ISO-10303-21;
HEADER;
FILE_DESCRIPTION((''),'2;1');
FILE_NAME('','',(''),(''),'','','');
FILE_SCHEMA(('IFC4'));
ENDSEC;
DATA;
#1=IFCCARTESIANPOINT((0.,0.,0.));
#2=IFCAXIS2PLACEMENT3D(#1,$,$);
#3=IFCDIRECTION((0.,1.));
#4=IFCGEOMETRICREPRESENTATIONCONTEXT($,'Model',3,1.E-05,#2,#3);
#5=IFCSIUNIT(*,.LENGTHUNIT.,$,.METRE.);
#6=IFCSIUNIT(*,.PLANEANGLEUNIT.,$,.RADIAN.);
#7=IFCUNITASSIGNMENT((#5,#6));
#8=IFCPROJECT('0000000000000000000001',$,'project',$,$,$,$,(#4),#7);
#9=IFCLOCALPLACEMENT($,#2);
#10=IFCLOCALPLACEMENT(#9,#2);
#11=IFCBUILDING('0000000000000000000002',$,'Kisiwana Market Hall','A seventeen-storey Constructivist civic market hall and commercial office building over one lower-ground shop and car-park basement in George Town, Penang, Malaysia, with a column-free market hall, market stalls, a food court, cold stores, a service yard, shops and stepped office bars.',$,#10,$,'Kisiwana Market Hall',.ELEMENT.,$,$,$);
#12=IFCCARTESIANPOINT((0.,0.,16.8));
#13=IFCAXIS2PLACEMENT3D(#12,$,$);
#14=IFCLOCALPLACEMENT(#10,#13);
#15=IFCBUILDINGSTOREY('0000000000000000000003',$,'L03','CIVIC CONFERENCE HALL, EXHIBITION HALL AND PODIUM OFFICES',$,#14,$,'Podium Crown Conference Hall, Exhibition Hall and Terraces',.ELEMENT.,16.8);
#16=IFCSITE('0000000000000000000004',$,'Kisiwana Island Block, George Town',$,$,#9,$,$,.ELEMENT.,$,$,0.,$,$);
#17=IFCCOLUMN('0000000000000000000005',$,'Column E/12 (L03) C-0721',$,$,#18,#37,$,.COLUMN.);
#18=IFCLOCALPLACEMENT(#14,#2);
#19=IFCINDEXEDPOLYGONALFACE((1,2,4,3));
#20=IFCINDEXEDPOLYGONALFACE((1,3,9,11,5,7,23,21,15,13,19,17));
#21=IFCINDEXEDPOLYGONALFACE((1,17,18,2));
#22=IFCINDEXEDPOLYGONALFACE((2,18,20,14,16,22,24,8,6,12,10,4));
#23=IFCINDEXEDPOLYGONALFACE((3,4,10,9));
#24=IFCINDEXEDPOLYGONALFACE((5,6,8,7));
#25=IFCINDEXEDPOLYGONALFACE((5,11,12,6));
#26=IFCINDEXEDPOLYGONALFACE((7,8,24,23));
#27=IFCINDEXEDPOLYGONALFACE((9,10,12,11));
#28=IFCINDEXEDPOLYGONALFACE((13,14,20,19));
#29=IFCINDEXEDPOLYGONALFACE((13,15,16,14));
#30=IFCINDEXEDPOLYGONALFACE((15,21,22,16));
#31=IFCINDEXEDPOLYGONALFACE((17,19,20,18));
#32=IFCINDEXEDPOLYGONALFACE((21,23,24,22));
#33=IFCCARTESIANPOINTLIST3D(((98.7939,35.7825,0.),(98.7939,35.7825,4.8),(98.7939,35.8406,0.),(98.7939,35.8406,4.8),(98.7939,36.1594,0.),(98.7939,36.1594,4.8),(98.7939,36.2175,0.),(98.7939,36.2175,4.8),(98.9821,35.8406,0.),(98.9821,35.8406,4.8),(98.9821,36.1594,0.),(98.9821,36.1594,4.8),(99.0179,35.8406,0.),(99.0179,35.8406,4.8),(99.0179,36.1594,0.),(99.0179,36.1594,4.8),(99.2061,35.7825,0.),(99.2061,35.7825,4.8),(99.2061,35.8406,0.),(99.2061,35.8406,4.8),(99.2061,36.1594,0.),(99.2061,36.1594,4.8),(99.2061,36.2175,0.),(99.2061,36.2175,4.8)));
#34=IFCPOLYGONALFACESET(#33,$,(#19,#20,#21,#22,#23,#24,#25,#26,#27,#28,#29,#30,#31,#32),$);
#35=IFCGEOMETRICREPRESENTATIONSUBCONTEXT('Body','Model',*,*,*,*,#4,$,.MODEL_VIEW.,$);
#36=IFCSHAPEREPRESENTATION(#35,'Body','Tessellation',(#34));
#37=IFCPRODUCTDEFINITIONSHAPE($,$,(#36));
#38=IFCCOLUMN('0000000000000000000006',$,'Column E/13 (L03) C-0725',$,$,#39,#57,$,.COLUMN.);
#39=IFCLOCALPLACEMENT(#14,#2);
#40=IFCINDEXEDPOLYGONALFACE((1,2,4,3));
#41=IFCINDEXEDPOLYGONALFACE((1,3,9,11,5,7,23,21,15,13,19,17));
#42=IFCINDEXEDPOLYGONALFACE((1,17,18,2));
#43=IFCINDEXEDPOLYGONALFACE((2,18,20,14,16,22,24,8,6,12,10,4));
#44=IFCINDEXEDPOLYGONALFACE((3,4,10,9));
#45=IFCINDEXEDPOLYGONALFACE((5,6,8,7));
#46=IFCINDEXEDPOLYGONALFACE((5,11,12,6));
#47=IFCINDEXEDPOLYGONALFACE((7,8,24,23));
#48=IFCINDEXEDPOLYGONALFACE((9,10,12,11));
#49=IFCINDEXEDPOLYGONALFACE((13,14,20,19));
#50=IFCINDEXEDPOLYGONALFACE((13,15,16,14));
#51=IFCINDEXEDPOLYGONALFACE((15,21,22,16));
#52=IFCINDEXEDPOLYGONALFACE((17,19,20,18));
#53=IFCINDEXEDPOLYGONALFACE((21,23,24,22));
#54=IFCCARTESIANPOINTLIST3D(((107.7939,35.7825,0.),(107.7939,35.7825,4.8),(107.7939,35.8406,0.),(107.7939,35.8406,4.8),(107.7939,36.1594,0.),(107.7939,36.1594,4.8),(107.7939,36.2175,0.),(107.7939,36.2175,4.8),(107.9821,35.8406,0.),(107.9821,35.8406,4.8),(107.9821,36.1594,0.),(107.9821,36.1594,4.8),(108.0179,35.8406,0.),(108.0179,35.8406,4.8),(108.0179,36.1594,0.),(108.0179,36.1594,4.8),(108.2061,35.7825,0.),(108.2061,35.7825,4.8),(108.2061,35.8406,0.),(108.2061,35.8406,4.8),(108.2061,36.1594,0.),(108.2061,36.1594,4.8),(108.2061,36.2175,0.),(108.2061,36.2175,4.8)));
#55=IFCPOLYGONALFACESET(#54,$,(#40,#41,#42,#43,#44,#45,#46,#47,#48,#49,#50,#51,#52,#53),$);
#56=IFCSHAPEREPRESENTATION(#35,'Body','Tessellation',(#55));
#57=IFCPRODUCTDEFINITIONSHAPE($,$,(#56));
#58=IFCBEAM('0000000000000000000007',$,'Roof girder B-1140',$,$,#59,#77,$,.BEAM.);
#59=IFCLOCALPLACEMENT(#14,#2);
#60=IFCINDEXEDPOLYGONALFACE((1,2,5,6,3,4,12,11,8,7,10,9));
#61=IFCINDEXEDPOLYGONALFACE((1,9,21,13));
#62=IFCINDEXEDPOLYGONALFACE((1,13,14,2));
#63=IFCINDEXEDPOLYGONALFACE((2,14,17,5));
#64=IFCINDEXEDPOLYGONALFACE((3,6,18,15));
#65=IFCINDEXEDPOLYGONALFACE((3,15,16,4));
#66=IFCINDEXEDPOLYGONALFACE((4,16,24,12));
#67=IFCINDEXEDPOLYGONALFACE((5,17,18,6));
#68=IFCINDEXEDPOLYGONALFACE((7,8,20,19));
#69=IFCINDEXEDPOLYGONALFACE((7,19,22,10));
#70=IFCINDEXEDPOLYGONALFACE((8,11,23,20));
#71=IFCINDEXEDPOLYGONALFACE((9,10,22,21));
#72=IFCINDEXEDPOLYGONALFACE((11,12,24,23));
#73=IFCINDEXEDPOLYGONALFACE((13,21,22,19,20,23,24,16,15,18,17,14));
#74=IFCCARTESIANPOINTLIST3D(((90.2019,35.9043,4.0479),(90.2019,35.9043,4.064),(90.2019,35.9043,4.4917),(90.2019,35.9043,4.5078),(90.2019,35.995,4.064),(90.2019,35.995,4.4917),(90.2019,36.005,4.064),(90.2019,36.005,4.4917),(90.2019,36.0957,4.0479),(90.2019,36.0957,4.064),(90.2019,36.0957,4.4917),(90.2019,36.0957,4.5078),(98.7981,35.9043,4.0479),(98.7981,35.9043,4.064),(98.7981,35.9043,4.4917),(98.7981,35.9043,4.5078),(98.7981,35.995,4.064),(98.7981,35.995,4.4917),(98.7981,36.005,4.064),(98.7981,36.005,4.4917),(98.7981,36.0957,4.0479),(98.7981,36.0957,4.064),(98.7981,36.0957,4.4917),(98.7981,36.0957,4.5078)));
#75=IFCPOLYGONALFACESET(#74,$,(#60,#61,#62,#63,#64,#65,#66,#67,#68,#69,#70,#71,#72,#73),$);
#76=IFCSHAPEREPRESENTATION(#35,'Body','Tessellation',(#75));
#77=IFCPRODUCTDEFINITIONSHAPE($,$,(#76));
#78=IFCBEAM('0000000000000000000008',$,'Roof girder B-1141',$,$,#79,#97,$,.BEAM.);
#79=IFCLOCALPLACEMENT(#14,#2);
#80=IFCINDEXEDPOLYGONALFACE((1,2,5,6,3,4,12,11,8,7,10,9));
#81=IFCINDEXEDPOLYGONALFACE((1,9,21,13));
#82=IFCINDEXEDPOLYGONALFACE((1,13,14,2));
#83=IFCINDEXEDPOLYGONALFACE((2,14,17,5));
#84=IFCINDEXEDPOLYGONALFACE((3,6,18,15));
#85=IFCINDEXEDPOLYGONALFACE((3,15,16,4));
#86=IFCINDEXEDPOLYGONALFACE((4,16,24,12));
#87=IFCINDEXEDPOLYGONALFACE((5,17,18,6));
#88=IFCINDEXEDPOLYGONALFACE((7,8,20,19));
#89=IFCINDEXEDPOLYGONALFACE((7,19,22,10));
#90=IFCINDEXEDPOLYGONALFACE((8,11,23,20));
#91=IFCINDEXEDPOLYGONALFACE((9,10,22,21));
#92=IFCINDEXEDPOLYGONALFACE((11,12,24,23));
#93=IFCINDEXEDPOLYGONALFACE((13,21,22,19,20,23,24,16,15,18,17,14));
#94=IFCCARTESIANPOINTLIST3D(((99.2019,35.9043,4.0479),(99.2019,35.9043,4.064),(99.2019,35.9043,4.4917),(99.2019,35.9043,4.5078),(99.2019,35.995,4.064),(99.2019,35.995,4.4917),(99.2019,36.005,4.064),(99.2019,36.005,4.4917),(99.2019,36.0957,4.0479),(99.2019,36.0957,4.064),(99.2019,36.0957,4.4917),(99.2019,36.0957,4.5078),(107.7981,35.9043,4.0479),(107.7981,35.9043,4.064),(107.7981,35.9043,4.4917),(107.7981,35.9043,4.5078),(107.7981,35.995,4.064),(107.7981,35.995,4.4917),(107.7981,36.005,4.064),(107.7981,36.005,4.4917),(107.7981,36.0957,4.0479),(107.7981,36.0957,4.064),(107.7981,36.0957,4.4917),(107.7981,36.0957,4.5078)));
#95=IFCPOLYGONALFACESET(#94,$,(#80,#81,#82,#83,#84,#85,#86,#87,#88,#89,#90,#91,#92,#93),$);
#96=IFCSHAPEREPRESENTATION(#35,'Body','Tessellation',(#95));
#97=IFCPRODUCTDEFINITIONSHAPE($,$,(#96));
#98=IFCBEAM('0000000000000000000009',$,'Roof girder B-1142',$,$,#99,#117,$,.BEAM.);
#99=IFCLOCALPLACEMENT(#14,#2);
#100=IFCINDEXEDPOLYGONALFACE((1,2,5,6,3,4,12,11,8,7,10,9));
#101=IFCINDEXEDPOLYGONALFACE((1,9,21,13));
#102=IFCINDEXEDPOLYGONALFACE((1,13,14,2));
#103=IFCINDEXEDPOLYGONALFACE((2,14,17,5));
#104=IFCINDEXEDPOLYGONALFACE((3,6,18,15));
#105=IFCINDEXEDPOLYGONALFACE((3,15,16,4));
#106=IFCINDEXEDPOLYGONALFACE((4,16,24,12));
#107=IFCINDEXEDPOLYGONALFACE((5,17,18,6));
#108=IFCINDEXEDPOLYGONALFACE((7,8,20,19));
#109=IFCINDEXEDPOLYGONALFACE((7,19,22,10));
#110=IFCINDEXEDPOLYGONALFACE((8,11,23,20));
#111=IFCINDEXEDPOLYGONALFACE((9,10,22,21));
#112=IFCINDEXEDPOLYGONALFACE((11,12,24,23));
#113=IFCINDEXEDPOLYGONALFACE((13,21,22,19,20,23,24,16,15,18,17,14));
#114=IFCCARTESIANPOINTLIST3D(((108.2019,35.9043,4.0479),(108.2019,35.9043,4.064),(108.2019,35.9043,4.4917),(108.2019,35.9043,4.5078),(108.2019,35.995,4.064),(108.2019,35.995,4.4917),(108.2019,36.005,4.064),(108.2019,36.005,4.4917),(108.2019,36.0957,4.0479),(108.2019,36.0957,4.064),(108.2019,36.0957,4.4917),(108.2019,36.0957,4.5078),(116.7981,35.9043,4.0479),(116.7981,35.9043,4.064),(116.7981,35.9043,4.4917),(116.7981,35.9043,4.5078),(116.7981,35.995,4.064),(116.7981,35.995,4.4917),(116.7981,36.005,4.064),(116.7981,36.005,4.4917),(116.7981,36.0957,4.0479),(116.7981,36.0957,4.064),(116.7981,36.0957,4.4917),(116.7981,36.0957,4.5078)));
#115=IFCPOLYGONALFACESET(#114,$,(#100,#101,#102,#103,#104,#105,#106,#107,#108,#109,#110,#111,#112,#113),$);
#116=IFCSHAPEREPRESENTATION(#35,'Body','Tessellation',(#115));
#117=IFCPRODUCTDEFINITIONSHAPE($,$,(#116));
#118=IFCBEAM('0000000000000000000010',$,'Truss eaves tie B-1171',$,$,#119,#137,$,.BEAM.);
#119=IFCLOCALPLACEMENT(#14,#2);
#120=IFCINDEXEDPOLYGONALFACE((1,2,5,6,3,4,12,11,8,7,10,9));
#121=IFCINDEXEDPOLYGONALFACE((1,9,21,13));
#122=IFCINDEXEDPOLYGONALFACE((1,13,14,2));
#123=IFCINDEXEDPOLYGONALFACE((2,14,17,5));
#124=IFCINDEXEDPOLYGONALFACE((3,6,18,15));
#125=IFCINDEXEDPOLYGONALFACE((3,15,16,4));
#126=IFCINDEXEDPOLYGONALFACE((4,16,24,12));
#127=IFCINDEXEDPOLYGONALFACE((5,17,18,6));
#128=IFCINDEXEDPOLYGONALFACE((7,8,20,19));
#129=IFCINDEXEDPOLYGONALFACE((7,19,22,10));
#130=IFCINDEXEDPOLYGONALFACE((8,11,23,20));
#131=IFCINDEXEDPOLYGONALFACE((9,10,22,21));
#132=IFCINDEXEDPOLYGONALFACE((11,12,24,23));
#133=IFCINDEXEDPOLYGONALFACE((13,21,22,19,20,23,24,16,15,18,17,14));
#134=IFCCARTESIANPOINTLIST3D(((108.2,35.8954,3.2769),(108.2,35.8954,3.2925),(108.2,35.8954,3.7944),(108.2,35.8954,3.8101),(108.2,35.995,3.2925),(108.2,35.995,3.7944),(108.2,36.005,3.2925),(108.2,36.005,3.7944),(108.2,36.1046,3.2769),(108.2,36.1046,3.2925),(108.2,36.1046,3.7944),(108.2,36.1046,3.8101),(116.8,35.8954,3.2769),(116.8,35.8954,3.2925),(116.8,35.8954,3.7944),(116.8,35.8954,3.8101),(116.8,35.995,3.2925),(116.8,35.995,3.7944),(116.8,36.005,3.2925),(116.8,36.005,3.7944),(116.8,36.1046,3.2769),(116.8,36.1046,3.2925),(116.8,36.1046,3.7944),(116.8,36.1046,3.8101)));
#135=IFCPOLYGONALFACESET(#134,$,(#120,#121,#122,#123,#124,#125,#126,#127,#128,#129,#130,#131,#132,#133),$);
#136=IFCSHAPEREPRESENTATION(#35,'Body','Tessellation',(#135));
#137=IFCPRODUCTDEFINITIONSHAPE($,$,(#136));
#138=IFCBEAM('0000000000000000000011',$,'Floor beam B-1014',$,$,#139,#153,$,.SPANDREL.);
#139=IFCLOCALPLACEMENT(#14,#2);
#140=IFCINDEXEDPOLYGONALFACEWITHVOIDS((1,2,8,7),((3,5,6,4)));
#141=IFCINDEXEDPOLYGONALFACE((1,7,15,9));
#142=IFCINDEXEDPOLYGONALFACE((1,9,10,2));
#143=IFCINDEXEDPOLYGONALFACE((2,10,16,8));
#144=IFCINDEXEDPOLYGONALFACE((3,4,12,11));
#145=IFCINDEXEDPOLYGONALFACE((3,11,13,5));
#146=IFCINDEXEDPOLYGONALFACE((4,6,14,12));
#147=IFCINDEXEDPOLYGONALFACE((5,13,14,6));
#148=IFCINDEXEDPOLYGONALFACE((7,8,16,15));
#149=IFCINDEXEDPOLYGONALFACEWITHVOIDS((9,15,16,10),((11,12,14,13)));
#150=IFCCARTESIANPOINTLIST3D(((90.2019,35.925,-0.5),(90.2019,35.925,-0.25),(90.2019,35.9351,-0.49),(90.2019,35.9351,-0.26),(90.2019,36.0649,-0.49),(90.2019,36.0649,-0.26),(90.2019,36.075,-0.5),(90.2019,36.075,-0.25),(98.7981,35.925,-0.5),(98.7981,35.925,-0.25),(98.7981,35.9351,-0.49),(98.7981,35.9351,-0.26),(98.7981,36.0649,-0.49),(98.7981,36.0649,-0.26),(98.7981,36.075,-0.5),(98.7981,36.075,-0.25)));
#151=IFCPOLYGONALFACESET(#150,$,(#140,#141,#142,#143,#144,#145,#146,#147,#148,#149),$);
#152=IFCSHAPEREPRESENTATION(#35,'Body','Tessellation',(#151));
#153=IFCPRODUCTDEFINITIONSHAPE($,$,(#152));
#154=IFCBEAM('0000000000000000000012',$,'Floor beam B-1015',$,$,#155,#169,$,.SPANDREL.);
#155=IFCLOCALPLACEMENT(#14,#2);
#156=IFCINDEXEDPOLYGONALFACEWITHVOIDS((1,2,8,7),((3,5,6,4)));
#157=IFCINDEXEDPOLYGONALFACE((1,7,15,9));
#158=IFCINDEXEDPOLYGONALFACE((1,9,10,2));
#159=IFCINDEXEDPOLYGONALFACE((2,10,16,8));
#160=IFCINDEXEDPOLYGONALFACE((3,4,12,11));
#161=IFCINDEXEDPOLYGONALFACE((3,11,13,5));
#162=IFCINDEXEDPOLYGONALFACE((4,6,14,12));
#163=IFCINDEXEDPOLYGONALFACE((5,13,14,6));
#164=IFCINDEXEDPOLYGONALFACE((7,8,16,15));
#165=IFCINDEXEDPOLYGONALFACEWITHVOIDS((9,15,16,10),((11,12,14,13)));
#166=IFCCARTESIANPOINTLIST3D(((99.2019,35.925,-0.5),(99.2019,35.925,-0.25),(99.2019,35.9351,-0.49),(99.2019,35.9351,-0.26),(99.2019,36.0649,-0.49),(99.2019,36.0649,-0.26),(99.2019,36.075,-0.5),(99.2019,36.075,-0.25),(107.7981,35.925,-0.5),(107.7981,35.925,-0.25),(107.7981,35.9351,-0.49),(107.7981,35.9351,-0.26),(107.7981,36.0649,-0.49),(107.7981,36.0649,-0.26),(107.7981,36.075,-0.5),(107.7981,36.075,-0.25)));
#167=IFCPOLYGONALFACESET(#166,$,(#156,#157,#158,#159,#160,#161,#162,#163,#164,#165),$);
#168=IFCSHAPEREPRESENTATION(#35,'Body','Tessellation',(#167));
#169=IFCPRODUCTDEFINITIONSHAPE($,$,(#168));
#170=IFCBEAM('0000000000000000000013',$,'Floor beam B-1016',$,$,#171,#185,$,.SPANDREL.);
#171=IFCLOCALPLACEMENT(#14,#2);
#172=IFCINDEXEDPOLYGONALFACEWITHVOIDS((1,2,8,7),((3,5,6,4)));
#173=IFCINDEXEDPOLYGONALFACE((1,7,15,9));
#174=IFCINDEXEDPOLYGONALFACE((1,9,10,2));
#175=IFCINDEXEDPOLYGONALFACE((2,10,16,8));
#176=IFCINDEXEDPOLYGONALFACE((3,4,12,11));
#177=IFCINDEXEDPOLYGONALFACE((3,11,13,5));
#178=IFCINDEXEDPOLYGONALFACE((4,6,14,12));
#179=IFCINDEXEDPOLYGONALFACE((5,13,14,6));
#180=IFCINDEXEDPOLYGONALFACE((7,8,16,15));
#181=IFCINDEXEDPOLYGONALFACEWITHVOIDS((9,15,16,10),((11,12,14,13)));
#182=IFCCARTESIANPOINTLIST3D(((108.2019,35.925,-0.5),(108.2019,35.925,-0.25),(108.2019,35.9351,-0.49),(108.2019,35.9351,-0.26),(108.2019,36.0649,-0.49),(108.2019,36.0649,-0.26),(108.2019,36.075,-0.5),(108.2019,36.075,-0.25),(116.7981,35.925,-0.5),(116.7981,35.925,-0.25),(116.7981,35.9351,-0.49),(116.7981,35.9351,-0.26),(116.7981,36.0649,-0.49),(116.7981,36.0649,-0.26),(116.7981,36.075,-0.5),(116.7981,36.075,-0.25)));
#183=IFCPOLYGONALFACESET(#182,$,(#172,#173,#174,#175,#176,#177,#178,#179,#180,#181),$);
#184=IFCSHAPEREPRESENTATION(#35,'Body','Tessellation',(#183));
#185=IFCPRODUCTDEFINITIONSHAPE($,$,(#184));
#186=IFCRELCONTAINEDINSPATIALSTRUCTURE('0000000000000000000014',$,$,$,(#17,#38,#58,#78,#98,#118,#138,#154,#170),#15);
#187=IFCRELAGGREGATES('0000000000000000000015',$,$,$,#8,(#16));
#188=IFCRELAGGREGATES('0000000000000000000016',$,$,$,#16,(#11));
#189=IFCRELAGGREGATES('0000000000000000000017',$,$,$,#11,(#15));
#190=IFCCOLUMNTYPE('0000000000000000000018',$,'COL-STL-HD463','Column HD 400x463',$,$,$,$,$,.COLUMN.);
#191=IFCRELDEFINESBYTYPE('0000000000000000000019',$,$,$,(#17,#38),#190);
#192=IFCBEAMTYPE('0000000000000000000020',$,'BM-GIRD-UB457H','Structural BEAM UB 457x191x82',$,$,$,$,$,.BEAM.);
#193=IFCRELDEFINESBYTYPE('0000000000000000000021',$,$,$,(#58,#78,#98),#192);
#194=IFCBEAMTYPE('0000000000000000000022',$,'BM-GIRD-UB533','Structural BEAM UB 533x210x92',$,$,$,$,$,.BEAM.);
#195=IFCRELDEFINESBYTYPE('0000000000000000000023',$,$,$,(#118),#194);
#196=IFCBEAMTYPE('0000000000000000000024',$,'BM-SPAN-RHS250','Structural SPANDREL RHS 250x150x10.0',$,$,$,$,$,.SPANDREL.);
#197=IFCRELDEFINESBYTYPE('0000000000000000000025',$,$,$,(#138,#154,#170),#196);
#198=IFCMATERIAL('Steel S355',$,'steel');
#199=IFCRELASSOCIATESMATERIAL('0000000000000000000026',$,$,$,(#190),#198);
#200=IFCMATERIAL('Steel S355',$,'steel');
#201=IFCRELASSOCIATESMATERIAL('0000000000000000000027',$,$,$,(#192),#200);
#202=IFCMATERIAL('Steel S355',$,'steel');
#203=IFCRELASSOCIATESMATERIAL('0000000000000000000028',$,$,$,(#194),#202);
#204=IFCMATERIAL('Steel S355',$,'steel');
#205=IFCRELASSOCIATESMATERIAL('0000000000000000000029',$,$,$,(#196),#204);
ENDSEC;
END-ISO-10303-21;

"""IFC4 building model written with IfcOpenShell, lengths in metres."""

from ifc_helpers import new_model, si_unit, direction, frame, origin, origin_2d, place, context, subcontext, project, spatial, hollow_rectangle, i_section, extrude, material, material_profile, profile_set, type_object, element, save


model = new_model("IFC4")

# Units and contexts
model_context = context("Model", 3, precision=1e-05, world=origin(), true_north=direction((0.0, 1.0)))
body_context = subcontext(model_context, "Body", "Model", "MODEL_VIEW")
ifc_project = project(units=[si_unit("LENGTHUNIT", "METRE"), si_unit("PLANEANGLEUNIT", "RADIAN")], contexts=[model_context])

# Site, building, storey
site_placement = place(None, origin())
site = spatial("IfcSite", under=ifc_project, at=site_placement, Name="Kisiwana Island Block, George Town", CompositionType="ELEMENT", RefElevation=0.0)
building_placement = place(site_placement, origin())
building = spatial("IfcBuilding", under=site, at=building_placement, Name="Kisiwana Market Hall", Description="A seventeen-storey Constructivist civic market hall and commercial office building over one lower-ground shop and car-park basement in George Town, Penang, Malaysia, with a column-free market hall, market stalls, a food court, cold stores, a service yard, shops and stepped office bars.", LongName="Kisiwana Market Hall", CompositionType="ELEMENT")
storey_placement = place(building_placement, frame((0.0, 0.0, 16.8)))
storey = spatial("IfcBuildingStorey", under=building, at=storey_placement, Name="L03", Description="CIVIC CONFERENCE HALL, EXHIBITION HALL AND PODIUM OFFICES", LongName="Podium Crown Conference Hall, Exhibition Hall and Terraces", CompositionType="ELEMENT", Elevation=16.8)

# Columns
ifc_material_1 = material(Name="Steel S355", Category="steel")
ifc_material_profile_1 = material_profile(ifc_material_1, i_section(OverallWidth=0.4121, OverallDepth=0.4351, WebThickness=0.0359, FlangeThickness=0.0581, at=origin_2d()), Name="HD 400x463")
ifc_profile_set_1 = profile_set([ifc_material_profile_1], Name="Steel S355")
column_type = type_object("IfcColumnType", Name="COL-STL-HD463", Description="Column HD 400x463", PredefinedType="COLUMN", material=ifc_profile_set_1)
for number, where, z_axis, x_axis, name in (
    (1, (99.0, 36.0, 0.0), (0.0, 0.0, 1.0), (1.0, 0.0, 0.0), "Column E/12 (L03) C-0721"),
    (2, (108.0, 36.0, 0.0), (0.0, 0.0, 1.0), (1.0, 0.0, 0.0), "Column E/13 (L03) C-0725"),
):
    element("IfcColumn", number, at=place(storey_placement, frame(where, z_axis=z_axis, x_axis=x_axis)), inside=storey, type_object=column_type, Name=name, PredefinedType="COLUMN", context=body_context, shape_type="SweptSolid", body=[
        extrude(i_section(OverallWidth=0.4121, OverallDepth=0.4351, WebThickness=0.0359, FlangeThickness=0.0581, at=origin_2d()), origin(), (0.0, 0.0, 1.0), 4.8),
    ])

# Beams
ifc_material_2 = material(Name="Steel S355", Category="steel")
ifc_material_profile_2 = material_profile(ifc_material_2, i_section(OverallWidth=0.1914, OverallDepth=0.46, WebThickness=0.01, FlangeThickness=0.0161, at=origin_2d()), Name="UB 457x191x82")
ifc_profile_set_2 = profile_set([ifc_material_profile_2], Name="Steel S355")
beam_type_1 = type_object("IfcBeamType", Name="BM-GIRD-UB457H", Description="Structural BEAM UB 457x191x82", PredefinedType="BEAM", material=ifc_profile_set_2)
for number, where, z_axis, x_axis, name in (
    (3, (90.2019, 36.0, 4.2778), (1.0, 0.0, 0.0), (0.0, 1.0, 0.0), "Roof girder B-1140"),
    (4, (99.2019, 36.0, 4.2778), (1.0, 0.0, 0.0), (0.0, 1.0, 0.0), "Roof girder B-1141"),
    (5, (108.2019, 36.0, 4.2778), (1.0, 0.0, 0.0), (0.0, 1.0, 0.0), "Roof girder B-1142"),
):
    element("IfcBeam", number, at=place(storey_placement, frame(where, z_axis=z_axis, x_axis=x_axis)), inside=storey, type_object=beam_type_1, Name=name, PredefinedType="BEAM", context=body_context, shape_type="SweptSolid", body=[
        extrude(i_section(OverallWidth=0.1914, OverallDepth=0.46, WebThickness=0.01, FlangeThickness=0.0161, at=origin_2d()), origin(), (0.0, 0.0, 1.0), 8.5962),
    ])
ifc_material_3 = material(Name="Steel S355", Category="steel")
ifc_material_profile_3 = material_profile(ifc_material_3, i_section(OverallWidth=0.2092, OverallDepth=0.5332, WebThickness=0.01, FlangeThickness=0.0156, at=origin_2d()), Name="UB 533x210x92")
ifc_profile_set_3 = profile_set([ifc_material_profile_3], Name="Steel S355")
beam_type_2 = type_object("IfcBeamType", Name="BM-GIRD-UB533", Description="Structural BEAM UB 533x210x92", PredefinedType="BEAM", material=ifc_profile_set_3)
beam_placement = place(storey_placement, frame((108.2, 36.0, 3.5435), z_axis=(1.0, 0.0, 0.0), x_axis=(0.0, 1.0, 0.0)))
element("IfcBeam", 6, at=beam_placement, inside=storey, type_object=beam_type_2, Name="Truss eaves tie B-1171", PredefinedType="BEAM", context=body_context, shape_type="SweptSolid", body=[
    extrude(i_section(OverallWidth=0.2092, OverallDepth=0.5332, WebThickness=0.01, FlangeThickness=0.0156, at=origin_2d()), origin(), (0.0, 0.0, 1.0), 8.6001),
])
ifc_material_4 = material(Name="Steel S355", Category="steel")
ifc_material_profile_4 = material_profile(ifc_material_4, hollow_rectangle(XDim=0.1499, YDim=0.25, WallThickness=0.01, at=origin_2d()), Name="RHS 250x150x10.0")
ifc_profile_set_4 = profile_set([ifc_material_profile_4], Name="Steel S355")
beam_type_3 = type_object("IfcBeamType", Name="BM-SPAN-RHS250", Description="Structural SPANDREL RHS 250x150x10.0", PredefinedType="SPANDREL", material=ifc_profile_set_4)
for number, where, z_axis, x_axis, name in (
    (7, (90.2019, 36.0, -0.375), (1.0, 0.0, 0.0), (0.0, 1.0, 0.0), "Floor beam B-1014"),
    (8, (99.2019, 36.0, -0.375), (1.0, 0.0, 0.0), (0.0, 1.0, 0.0), "Floor beam B-1015"),
    (9, (108.2019, 36.0, -0.375), (1.0, 0.0, 0.0), (0.0, 1.0, 0.0), "Floor beam B-1016"),
):
    element("IfcBeam", number, at=place(storey_placement, frame(where, z_axis=z_axis, x_axis=x_axis)), inside=storey, type_object=beam_type_3, Name=name, PredefinedType="SPANDREL", context=body_context, shape_type="SweptSolid", body=[
        extrude(hollow_rectangle(XDim=0.1499, YDim=0.25, WallThickness=0.01, at=origin_2d()), origin(), (0.0, 0.0, 1.0), 8.5962),
    ])

save(model, "model.ifc")
